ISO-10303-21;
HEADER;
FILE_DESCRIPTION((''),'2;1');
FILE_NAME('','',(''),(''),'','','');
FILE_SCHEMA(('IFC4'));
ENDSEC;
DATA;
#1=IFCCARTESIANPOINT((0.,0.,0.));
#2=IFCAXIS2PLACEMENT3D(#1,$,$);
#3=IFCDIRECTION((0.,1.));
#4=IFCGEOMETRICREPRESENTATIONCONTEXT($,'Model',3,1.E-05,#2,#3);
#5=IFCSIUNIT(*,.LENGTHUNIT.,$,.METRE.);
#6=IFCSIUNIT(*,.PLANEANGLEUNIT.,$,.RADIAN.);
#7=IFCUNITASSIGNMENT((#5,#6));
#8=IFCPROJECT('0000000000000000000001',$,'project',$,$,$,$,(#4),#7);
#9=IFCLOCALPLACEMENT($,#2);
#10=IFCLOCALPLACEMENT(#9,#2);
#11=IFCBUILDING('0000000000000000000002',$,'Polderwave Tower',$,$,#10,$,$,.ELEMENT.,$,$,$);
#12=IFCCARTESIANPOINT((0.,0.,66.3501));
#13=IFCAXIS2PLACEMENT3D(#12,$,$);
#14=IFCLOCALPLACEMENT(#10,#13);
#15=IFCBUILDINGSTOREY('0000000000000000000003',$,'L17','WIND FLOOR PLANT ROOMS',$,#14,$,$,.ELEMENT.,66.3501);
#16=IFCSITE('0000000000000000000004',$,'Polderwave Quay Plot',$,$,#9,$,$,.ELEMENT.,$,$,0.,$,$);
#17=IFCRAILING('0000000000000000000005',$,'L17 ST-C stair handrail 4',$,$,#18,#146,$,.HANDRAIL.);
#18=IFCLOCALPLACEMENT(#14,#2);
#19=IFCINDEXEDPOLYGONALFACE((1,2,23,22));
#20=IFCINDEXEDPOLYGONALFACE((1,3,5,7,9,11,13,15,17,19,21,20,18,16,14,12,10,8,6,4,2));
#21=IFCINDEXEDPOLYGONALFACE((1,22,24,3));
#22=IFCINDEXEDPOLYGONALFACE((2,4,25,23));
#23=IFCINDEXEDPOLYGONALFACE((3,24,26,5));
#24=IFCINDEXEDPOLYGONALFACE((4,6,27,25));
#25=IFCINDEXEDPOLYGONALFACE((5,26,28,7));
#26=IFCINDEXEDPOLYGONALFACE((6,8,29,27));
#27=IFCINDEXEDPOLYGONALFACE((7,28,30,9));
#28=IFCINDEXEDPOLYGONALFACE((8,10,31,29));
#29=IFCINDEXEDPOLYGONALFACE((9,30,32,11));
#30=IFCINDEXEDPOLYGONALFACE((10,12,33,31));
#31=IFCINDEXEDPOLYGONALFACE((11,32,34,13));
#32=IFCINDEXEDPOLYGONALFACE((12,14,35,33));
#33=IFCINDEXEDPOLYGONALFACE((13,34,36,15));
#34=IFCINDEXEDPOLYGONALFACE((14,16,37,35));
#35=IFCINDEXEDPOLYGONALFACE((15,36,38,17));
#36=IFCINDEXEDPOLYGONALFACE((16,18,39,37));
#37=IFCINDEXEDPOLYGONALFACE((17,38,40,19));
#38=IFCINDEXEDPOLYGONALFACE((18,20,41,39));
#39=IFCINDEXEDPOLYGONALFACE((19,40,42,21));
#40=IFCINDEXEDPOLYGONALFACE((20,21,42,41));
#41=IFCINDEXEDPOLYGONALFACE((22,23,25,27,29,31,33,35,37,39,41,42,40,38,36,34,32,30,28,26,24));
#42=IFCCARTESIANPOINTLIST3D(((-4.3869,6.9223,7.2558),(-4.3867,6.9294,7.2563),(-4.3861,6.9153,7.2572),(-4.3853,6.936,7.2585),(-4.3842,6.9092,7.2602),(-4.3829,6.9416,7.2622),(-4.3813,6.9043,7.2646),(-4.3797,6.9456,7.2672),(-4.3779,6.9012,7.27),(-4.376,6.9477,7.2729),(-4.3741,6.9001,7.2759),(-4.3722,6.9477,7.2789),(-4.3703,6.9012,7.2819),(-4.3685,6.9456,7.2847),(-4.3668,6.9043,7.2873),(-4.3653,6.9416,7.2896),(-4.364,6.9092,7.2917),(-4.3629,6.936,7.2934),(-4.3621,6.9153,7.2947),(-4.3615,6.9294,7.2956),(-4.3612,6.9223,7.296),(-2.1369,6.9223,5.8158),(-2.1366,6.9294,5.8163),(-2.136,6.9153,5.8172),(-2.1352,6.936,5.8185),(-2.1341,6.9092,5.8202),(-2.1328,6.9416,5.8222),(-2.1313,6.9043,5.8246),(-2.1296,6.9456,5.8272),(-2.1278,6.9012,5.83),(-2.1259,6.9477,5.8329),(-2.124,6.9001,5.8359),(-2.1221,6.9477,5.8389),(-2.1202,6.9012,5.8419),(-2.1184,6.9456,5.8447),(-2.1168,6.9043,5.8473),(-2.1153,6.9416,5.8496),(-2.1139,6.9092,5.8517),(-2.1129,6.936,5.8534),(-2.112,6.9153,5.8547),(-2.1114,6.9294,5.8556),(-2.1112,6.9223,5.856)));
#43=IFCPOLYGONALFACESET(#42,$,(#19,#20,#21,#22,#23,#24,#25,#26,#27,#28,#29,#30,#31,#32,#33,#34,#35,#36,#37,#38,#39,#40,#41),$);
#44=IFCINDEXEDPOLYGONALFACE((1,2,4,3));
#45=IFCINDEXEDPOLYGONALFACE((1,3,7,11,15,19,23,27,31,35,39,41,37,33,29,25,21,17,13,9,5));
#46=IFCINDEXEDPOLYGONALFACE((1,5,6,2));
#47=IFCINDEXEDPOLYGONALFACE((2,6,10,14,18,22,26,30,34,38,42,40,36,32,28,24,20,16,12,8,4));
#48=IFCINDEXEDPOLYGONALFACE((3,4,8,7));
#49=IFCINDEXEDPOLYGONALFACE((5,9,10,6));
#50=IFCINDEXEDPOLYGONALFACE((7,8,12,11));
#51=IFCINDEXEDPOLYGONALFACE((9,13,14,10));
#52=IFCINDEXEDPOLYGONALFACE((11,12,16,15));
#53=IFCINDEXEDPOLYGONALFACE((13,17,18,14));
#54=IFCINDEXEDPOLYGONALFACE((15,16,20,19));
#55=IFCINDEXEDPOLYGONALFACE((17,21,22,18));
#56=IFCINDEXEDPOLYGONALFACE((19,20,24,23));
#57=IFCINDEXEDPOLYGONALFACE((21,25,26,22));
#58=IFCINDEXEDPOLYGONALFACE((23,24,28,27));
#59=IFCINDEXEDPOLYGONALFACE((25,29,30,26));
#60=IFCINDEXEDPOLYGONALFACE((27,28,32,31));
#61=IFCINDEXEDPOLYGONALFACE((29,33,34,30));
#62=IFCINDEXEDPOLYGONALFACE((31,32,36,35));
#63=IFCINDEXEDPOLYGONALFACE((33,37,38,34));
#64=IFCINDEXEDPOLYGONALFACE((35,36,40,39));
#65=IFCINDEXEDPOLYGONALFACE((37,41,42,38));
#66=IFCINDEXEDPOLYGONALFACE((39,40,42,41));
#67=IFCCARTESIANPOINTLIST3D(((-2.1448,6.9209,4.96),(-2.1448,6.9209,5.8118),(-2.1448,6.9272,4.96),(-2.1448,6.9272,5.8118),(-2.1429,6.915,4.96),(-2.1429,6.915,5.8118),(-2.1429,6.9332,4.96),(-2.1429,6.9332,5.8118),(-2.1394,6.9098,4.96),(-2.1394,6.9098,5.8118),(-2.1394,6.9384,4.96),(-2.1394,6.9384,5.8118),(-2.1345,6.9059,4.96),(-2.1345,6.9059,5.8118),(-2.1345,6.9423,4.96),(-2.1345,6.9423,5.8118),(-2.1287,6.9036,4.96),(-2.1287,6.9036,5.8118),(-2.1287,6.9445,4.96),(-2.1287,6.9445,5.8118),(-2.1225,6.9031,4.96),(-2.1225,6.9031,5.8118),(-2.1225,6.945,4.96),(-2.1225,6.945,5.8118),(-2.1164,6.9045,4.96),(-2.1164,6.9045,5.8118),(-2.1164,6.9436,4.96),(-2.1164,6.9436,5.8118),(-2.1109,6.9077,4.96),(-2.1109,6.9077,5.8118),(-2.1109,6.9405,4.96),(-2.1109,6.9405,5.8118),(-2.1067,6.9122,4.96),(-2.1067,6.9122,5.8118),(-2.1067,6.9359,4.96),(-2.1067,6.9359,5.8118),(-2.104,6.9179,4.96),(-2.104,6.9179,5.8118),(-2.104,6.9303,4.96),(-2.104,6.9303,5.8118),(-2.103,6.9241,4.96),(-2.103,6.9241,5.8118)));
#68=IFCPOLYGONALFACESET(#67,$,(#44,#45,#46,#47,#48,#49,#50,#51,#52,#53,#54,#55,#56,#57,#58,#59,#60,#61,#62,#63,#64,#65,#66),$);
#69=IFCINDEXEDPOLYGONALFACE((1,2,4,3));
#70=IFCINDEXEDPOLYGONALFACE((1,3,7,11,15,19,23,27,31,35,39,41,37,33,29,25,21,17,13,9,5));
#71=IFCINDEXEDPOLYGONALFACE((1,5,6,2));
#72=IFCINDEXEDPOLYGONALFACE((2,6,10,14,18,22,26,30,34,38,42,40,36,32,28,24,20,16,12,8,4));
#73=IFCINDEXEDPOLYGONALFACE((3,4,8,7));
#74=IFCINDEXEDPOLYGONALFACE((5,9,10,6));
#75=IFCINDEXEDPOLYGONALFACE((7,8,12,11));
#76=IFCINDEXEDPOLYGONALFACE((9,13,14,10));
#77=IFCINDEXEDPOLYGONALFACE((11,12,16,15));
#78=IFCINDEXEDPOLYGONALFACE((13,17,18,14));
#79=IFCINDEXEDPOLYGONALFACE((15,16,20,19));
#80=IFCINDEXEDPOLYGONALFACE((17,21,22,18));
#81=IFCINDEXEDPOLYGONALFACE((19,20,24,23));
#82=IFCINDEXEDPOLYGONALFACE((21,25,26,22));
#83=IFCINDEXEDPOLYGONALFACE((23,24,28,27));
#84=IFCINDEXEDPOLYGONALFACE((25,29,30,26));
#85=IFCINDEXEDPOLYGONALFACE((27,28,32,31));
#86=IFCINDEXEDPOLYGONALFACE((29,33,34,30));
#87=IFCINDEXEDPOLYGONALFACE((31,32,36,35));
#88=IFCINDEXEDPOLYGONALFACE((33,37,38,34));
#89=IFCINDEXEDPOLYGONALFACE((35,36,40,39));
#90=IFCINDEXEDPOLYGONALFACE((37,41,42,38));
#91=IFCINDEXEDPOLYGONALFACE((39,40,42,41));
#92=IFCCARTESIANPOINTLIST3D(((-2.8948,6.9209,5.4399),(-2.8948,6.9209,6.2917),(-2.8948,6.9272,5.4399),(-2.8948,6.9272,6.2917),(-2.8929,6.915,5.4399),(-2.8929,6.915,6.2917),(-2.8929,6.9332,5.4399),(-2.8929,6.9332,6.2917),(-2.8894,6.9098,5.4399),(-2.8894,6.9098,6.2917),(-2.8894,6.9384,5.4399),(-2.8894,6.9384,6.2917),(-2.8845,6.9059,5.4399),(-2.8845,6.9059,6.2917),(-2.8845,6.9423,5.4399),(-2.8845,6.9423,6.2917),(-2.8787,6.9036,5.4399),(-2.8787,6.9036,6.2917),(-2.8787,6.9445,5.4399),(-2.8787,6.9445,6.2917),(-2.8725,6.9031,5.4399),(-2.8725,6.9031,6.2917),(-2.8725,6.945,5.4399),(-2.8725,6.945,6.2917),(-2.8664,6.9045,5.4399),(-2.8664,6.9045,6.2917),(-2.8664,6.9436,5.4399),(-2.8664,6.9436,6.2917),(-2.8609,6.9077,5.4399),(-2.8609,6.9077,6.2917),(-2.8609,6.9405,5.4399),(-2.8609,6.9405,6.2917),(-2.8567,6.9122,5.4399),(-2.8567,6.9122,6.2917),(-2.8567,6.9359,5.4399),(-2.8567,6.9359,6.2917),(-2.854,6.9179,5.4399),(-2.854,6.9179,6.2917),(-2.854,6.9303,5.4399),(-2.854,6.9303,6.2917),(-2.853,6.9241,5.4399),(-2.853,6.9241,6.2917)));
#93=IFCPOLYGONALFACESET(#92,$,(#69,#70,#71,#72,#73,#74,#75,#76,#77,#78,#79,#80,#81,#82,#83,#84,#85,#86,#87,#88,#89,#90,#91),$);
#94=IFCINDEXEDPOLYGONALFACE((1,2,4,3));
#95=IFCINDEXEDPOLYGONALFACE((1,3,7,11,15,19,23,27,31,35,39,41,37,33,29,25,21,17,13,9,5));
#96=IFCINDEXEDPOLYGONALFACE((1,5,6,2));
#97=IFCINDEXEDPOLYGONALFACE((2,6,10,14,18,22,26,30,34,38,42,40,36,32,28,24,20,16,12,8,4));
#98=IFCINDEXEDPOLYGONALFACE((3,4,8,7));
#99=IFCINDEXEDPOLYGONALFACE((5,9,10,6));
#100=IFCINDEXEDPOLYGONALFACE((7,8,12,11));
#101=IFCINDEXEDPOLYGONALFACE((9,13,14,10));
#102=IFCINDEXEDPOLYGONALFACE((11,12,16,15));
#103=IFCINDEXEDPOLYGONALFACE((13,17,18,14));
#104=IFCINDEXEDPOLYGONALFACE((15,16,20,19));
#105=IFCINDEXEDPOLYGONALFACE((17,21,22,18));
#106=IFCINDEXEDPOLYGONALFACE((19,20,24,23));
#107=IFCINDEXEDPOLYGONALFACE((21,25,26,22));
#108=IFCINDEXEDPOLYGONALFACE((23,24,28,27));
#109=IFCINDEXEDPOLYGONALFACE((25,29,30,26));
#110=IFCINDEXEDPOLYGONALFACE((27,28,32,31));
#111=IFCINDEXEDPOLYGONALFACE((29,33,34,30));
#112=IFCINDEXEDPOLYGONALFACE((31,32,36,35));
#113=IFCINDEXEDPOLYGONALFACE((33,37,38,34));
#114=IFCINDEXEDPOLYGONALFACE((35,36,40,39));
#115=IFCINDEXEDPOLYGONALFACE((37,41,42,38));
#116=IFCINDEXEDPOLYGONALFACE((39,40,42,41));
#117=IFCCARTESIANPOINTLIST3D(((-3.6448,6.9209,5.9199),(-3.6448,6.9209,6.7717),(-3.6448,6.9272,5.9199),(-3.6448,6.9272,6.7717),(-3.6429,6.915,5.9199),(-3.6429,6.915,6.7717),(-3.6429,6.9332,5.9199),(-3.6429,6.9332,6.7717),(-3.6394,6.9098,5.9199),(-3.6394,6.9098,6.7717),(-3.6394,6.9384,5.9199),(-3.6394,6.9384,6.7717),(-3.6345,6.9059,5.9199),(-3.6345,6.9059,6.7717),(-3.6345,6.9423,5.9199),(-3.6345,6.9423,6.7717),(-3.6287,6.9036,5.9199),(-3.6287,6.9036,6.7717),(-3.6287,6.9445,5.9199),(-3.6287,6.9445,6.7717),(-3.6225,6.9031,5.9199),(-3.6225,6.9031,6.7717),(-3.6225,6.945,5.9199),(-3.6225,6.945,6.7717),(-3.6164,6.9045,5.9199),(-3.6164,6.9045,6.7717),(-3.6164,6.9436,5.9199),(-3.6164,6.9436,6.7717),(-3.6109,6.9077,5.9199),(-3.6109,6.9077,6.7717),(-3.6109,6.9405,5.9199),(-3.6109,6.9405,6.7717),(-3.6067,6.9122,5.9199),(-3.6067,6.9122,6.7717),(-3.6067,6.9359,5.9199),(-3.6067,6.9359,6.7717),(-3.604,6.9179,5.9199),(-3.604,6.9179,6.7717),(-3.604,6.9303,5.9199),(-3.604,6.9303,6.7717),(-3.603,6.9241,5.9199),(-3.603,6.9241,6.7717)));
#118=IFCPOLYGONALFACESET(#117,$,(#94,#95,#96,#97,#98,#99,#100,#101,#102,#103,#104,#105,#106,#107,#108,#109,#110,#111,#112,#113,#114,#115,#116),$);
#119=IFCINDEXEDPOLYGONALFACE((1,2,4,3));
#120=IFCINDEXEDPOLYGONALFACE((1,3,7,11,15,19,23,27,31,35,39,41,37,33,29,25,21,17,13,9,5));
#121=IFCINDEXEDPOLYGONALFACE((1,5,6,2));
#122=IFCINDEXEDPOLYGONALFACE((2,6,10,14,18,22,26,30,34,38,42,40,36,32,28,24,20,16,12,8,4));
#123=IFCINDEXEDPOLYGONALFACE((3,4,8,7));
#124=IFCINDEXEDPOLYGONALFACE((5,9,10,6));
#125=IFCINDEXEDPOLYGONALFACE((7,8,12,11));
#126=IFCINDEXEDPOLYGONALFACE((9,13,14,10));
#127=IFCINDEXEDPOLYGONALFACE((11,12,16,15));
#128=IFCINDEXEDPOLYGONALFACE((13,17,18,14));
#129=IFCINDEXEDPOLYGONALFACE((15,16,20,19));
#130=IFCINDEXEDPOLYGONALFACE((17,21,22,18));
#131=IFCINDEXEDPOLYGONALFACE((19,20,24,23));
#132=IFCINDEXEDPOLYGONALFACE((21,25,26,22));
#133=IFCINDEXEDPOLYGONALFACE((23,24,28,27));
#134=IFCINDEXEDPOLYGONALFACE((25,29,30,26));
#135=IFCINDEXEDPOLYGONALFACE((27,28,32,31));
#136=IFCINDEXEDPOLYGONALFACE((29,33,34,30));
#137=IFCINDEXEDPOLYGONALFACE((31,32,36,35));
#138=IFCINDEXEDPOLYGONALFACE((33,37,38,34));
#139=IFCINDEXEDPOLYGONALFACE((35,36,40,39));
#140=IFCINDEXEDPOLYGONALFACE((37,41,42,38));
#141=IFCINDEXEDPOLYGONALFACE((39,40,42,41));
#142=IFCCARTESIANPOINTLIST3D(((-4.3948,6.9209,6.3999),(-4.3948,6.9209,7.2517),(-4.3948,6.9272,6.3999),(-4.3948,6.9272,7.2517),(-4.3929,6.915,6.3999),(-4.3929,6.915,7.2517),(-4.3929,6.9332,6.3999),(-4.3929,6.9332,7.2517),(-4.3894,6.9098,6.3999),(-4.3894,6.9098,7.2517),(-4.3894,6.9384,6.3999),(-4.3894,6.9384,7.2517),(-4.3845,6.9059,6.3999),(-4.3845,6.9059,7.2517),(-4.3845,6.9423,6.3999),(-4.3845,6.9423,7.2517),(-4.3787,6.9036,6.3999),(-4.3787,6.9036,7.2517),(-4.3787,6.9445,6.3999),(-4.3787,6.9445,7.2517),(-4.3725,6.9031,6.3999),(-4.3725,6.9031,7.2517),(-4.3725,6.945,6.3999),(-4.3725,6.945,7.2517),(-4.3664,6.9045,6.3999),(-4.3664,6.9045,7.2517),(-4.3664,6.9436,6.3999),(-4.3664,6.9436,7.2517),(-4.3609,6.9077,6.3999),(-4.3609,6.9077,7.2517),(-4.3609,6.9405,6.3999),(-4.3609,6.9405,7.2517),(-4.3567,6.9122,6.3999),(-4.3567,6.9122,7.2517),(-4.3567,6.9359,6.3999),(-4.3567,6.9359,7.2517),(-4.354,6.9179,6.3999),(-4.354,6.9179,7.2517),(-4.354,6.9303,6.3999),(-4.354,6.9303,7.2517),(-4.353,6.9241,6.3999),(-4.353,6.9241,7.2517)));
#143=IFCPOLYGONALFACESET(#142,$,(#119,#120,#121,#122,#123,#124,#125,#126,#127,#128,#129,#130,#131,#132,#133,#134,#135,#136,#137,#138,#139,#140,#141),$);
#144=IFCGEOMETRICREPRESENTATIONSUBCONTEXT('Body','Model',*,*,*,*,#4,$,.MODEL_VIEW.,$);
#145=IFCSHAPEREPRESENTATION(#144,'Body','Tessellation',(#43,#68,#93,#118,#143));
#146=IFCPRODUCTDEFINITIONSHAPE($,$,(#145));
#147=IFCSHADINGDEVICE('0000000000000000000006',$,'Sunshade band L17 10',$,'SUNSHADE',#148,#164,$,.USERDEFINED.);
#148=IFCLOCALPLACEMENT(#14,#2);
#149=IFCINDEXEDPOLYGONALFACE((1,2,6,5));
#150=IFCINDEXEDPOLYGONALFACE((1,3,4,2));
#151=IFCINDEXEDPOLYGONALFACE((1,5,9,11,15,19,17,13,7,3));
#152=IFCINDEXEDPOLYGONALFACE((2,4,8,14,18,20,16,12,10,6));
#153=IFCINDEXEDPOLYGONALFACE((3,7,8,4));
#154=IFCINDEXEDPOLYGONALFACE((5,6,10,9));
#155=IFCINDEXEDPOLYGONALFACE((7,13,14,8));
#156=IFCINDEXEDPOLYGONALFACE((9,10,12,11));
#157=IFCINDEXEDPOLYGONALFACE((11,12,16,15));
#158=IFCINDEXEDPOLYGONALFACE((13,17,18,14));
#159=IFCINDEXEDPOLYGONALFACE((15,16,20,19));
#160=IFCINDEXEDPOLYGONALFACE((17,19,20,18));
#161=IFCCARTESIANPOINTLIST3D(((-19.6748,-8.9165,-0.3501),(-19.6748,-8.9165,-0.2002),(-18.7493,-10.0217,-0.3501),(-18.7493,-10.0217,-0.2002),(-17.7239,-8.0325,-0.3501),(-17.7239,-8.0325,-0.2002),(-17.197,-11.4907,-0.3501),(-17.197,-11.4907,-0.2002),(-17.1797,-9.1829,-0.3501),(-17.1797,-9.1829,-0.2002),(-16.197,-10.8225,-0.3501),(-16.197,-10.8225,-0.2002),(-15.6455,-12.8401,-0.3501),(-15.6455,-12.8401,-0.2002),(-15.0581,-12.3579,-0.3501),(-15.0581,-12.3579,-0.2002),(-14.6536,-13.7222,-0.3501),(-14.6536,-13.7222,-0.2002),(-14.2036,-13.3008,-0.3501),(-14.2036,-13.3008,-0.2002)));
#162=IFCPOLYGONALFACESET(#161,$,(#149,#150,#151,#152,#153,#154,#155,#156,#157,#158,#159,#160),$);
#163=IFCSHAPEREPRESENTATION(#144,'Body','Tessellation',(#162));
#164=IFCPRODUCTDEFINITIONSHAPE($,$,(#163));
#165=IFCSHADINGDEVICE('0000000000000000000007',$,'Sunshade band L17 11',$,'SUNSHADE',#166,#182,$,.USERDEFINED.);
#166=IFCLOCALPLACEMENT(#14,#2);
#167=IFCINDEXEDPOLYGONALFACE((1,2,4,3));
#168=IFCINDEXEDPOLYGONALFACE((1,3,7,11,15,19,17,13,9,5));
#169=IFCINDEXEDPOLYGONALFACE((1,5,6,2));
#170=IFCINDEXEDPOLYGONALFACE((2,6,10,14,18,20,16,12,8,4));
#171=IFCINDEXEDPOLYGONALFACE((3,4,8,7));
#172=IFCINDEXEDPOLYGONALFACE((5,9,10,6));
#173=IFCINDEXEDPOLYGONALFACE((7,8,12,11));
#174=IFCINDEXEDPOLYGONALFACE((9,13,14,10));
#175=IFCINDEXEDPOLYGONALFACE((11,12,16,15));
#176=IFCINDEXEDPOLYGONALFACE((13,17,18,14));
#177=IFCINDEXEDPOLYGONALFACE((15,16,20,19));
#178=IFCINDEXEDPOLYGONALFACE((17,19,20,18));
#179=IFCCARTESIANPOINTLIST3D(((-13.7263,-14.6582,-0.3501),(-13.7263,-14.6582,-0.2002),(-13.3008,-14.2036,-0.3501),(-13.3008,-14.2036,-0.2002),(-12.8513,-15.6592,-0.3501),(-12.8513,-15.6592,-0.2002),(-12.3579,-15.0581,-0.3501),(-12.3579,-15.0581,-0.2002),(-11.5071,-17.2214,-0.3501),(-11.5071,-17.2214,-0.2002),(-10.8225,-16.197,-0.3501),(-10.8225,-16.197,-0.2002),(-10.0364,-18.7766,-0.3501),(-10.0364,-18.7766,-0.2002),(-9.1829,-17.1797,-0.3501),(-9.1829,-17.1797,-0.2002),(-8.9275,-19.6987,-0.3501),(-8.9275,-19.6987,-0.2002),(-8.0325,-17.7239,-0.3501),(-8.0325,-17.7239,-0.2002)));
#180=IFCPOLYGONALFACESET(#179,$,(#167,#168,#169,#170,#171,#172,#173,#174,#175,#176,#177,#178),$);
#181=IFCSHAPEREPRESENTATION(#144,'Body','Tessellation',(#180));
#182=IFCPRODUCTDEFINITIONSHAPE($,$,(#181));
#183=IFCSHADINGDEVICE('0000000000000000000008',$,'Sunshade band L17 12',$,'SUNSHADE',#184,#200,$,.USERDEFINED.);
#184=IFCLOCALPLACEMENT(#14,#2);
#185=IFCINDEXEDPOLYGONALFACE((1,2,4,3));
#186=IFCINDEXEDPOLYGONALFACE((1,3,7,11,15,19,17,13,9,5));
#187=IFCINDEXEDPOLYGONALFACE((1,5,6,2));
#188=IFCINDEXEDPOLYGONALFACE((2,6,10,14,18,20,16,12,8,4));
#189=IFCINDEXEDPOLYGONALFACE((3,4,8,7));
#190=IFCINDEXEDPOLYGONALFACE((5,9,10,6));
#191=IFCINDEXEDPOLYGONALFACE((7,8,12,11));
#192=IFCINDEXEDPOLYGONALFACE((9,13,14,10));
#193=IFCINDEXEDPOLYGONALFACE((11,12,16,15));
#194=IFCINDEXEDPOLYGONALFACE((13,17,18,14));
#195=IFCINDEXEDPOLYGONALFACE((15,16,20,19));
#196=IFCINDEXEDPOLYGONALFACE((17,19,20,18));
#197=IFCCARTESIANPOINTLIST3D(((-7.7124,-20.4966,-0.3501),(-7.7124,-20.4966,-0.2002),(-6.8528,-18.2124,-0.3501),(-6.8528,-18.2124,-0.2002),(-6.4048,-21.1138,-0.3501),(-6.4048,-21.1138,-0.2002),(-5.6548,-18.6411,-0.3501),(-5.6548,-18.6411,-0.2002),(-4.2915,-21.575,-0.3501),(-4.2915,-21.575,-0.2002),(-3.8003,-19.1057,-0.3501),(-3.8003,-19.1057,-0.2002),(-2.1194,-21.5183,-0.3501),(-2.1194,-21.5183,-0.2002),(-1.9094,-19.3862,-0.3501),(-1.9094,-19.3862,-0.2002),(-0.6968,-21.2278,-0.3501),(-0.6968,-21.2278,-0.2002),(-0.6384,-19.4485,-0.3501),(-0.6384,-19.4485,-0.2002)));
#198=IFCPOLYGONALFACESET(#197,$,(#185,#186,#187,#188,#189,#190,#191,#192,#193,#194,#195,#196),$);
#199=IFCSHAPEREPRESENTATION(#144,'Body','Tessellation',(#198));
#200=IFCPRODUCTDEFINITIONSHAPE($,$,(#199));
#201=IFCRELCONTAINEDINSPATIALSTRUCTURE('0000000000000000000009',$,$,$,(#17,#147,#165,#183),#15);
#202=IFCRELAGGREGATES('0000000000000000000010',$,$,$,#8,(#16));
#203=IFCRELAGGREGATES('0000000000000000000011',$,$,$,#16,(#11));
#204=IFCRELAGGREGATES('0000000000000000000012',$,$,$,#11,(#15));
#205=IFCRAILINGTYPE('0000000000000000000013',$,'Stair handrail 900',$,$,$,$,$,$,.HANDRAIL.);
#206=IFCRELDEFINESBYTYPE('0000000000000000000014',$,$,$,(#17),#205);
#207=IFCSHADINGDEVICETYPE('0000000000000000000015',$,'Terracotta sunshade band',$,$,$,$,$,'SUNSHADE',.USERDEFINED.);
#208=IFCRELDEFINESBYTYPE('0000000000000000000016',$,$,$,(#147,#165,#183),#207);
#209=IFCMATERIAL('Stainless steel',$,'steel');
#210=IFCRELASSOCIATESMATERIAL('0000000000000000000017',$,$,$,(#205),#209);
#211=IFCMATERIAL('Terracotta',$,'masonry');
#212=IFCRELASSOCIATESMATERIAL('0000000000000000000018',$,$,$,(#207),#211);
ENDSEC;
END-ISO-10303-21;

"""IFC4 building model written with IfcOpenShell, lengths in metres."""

from ifc_helpers import new_model, si_unit, direction, frame, origin, origin_2d, place, context, subcontext, project, spatial, polyline, circle, outline, extrude, material, type_object, element, save


model = new_model("IFC4")

# Units and contexts
model_context = context("Model", 3, precision=1e-05, world=origin(), true_north=direction((0.0, 1.0)))
body_context = subcontext(model_context, "Body", "Model", "MODEL_VIEW")
ifc_project = project(units=[si_unit("LENGTHUNIT", "METRE"), si_unit("PLANEANGLEUNIT", "RADIAN")], contexts=[model_context])

# Site, building, storey
site_placement = place(None, origin())
site = spatial("IfcSite", under=ifc_project, at=site_placement, Name="Polderwave Quay Plot", CompositionType="ELEMENT", RefElevation=0.0)
building_placement = place(site_placement, origin())
building = spatial("IfcBuilding", under=site, at=building_placement, Name="Polderwave Tower", CompositionType="ELEMENT")
storey_placement = place(building_placement, frame((0.0, 0.0, 66.3501)))
storey = spatial("IfcBuildingStorey", under=building, at=storey_placement, Name="L17", Description="WIND FLOOR PLANT ROOMS", CompositionType="ELEMENT", Elevation=66.3501)

# Railing
ifc_material_1 = material(Name="Stainless steel", Category="steel")
railing_type_1 = type_object("IfcRailingType", Name="Stair handrail 900", PredefinedType="HANDRAIL", material=ifc_material_1)
railing_1_placement = place(storey_placement, frame((-2.124, 6.9241, 4.96)))
element("IfcRailing", 1, at=railing_1_placement, inside=storey, type_object=railing_type_1, Name="L17 ST-C stair handrail 4", PredefinedType="HANDRAIL", context=body_context, shape_type="SweptSolid", body=[
    extrude(circle(Radius=0.0239, at=origin_2d()), frame((0.0, 0.0, 0.876), z_axis=(-0.842281, 0.0, 0.539038), x_axis=(0.0, -1.0, 0.0)), (0.0, 0.0, 1.0), 2.6714),
    extrude(circle(Radius=0.021, at=origin_2d()), origin(), (0.0, 0.0, 1.0), 0.8518),
    extrude(circle(Radius=0.021, at=origin_2d()), frame((-0.75, 0.0, 0.48)), (0.0, 0.0, 1.0), 0.8518),
    extrude(circle(Radius=0.021, at=origin_2d()), frame((-1.5, 0.0, 0.96)), (0.0, 0.0, 1.0), 0.8518),
    extrude(circle(Radius=0.021, at=origin_2d()), frame((-2.25, 0.0, 1.4399)), (0.0, 0.0, 1.0), 0.8518),
])

# Shading devices
ifc_material_2 = material(Name="Terracotta", Category="masonry")
shading_device_type = type_object("IfcShadingDeviceType", Name="Terracotta sunshade band", ElementType="SUNSHADE", PredefinedType="USERDEFINED", material=ifc_material_2)
shading_device_1_placement = place(storey_placement, frame((0.0, 0.0, -0.3501)))
element("IfcShadingDevice", 2, at=shading_device_1_placement, inside=storey, type_object=shading_device_type, Name="Sunshade band L17 10", ObjectType="SUNSHADE", PredefinedType="USERDEFINED", context=body_context, shape_type="SweptSolid", body=[
    extrude(outline(polyline([(-17.7239, -8.0325), (-17.1797, -9.1829), (-16.197, -10.8225), (-15.0581, -12.3579), (-14.2036, -13.3008), (-14.6536, -13.7222), (-15.6455, -12.8401), (-17.197, -11.4907), (-18.7493, -10.0217), (-19.6748, -8.9165), (-17.7239, -8.0325)])), origin(), (0.0, 0.0, 1.0), 0.1499),
])
shading_device_2_placement = place(storey_placement, frame((0.0, 0.0, -0.3501)))
element("IfcShadingDevice", 3, at=shading_device_2_placement, inside=storey, type_object=shading_device_type, Name="Sunshade band L17 11", ObjectType="SUNSHADE", PredefinedType="USERDEFINED", context=body_context, shape_type="SweptSolid", body=[
    extrude(outline(polyline([(-13.3008, -14.2036), (-12.3579, -15.0581), (-10.8225, -16.197), (-9.1829, -17.1797), (-8.0325, -17.7239), (-8.9275, -19.6987), (-10.0364, -18.7766), (-11.5071, -17.2214), (-12.8513, -15.6592), (-13.7263, -14.6582), (-13.3008, -14.2036)])), origin(), (0.0, 0.0, 1.0), 0.1499),
])
shading_device_3_placement = place(storey_placement, frame((0.0, 0.0, -0.3501)))
element("IfcShadingDevice", 4, at=shading_device_3_placement, inside=storey, type_object=shading_device_type, Name="Sunshade band L17 12", ObjectType="SUNSHADE", PredefinedType="USERDEFINED", context=body_context, shape_type="SweptSolid", body=[
    extrude(outline(polyline([(-6.8528, -18.2124), (-5.6548, -18.6411), (-3.8003, -19.1057), (-1.9094, -19.3862), (-0.6384, -19.4485), (-0.6968, -21.2278), (-2.1194, -21.5183), (-4.2915, -21.575), (-6.4048, -21.1138), (-7.7124, -20.4966), (-6.8528, -18.2124)])), origin(), (0.0, 0.0, 1.0), 0.1499),
])

save(model, "model.ifc")
